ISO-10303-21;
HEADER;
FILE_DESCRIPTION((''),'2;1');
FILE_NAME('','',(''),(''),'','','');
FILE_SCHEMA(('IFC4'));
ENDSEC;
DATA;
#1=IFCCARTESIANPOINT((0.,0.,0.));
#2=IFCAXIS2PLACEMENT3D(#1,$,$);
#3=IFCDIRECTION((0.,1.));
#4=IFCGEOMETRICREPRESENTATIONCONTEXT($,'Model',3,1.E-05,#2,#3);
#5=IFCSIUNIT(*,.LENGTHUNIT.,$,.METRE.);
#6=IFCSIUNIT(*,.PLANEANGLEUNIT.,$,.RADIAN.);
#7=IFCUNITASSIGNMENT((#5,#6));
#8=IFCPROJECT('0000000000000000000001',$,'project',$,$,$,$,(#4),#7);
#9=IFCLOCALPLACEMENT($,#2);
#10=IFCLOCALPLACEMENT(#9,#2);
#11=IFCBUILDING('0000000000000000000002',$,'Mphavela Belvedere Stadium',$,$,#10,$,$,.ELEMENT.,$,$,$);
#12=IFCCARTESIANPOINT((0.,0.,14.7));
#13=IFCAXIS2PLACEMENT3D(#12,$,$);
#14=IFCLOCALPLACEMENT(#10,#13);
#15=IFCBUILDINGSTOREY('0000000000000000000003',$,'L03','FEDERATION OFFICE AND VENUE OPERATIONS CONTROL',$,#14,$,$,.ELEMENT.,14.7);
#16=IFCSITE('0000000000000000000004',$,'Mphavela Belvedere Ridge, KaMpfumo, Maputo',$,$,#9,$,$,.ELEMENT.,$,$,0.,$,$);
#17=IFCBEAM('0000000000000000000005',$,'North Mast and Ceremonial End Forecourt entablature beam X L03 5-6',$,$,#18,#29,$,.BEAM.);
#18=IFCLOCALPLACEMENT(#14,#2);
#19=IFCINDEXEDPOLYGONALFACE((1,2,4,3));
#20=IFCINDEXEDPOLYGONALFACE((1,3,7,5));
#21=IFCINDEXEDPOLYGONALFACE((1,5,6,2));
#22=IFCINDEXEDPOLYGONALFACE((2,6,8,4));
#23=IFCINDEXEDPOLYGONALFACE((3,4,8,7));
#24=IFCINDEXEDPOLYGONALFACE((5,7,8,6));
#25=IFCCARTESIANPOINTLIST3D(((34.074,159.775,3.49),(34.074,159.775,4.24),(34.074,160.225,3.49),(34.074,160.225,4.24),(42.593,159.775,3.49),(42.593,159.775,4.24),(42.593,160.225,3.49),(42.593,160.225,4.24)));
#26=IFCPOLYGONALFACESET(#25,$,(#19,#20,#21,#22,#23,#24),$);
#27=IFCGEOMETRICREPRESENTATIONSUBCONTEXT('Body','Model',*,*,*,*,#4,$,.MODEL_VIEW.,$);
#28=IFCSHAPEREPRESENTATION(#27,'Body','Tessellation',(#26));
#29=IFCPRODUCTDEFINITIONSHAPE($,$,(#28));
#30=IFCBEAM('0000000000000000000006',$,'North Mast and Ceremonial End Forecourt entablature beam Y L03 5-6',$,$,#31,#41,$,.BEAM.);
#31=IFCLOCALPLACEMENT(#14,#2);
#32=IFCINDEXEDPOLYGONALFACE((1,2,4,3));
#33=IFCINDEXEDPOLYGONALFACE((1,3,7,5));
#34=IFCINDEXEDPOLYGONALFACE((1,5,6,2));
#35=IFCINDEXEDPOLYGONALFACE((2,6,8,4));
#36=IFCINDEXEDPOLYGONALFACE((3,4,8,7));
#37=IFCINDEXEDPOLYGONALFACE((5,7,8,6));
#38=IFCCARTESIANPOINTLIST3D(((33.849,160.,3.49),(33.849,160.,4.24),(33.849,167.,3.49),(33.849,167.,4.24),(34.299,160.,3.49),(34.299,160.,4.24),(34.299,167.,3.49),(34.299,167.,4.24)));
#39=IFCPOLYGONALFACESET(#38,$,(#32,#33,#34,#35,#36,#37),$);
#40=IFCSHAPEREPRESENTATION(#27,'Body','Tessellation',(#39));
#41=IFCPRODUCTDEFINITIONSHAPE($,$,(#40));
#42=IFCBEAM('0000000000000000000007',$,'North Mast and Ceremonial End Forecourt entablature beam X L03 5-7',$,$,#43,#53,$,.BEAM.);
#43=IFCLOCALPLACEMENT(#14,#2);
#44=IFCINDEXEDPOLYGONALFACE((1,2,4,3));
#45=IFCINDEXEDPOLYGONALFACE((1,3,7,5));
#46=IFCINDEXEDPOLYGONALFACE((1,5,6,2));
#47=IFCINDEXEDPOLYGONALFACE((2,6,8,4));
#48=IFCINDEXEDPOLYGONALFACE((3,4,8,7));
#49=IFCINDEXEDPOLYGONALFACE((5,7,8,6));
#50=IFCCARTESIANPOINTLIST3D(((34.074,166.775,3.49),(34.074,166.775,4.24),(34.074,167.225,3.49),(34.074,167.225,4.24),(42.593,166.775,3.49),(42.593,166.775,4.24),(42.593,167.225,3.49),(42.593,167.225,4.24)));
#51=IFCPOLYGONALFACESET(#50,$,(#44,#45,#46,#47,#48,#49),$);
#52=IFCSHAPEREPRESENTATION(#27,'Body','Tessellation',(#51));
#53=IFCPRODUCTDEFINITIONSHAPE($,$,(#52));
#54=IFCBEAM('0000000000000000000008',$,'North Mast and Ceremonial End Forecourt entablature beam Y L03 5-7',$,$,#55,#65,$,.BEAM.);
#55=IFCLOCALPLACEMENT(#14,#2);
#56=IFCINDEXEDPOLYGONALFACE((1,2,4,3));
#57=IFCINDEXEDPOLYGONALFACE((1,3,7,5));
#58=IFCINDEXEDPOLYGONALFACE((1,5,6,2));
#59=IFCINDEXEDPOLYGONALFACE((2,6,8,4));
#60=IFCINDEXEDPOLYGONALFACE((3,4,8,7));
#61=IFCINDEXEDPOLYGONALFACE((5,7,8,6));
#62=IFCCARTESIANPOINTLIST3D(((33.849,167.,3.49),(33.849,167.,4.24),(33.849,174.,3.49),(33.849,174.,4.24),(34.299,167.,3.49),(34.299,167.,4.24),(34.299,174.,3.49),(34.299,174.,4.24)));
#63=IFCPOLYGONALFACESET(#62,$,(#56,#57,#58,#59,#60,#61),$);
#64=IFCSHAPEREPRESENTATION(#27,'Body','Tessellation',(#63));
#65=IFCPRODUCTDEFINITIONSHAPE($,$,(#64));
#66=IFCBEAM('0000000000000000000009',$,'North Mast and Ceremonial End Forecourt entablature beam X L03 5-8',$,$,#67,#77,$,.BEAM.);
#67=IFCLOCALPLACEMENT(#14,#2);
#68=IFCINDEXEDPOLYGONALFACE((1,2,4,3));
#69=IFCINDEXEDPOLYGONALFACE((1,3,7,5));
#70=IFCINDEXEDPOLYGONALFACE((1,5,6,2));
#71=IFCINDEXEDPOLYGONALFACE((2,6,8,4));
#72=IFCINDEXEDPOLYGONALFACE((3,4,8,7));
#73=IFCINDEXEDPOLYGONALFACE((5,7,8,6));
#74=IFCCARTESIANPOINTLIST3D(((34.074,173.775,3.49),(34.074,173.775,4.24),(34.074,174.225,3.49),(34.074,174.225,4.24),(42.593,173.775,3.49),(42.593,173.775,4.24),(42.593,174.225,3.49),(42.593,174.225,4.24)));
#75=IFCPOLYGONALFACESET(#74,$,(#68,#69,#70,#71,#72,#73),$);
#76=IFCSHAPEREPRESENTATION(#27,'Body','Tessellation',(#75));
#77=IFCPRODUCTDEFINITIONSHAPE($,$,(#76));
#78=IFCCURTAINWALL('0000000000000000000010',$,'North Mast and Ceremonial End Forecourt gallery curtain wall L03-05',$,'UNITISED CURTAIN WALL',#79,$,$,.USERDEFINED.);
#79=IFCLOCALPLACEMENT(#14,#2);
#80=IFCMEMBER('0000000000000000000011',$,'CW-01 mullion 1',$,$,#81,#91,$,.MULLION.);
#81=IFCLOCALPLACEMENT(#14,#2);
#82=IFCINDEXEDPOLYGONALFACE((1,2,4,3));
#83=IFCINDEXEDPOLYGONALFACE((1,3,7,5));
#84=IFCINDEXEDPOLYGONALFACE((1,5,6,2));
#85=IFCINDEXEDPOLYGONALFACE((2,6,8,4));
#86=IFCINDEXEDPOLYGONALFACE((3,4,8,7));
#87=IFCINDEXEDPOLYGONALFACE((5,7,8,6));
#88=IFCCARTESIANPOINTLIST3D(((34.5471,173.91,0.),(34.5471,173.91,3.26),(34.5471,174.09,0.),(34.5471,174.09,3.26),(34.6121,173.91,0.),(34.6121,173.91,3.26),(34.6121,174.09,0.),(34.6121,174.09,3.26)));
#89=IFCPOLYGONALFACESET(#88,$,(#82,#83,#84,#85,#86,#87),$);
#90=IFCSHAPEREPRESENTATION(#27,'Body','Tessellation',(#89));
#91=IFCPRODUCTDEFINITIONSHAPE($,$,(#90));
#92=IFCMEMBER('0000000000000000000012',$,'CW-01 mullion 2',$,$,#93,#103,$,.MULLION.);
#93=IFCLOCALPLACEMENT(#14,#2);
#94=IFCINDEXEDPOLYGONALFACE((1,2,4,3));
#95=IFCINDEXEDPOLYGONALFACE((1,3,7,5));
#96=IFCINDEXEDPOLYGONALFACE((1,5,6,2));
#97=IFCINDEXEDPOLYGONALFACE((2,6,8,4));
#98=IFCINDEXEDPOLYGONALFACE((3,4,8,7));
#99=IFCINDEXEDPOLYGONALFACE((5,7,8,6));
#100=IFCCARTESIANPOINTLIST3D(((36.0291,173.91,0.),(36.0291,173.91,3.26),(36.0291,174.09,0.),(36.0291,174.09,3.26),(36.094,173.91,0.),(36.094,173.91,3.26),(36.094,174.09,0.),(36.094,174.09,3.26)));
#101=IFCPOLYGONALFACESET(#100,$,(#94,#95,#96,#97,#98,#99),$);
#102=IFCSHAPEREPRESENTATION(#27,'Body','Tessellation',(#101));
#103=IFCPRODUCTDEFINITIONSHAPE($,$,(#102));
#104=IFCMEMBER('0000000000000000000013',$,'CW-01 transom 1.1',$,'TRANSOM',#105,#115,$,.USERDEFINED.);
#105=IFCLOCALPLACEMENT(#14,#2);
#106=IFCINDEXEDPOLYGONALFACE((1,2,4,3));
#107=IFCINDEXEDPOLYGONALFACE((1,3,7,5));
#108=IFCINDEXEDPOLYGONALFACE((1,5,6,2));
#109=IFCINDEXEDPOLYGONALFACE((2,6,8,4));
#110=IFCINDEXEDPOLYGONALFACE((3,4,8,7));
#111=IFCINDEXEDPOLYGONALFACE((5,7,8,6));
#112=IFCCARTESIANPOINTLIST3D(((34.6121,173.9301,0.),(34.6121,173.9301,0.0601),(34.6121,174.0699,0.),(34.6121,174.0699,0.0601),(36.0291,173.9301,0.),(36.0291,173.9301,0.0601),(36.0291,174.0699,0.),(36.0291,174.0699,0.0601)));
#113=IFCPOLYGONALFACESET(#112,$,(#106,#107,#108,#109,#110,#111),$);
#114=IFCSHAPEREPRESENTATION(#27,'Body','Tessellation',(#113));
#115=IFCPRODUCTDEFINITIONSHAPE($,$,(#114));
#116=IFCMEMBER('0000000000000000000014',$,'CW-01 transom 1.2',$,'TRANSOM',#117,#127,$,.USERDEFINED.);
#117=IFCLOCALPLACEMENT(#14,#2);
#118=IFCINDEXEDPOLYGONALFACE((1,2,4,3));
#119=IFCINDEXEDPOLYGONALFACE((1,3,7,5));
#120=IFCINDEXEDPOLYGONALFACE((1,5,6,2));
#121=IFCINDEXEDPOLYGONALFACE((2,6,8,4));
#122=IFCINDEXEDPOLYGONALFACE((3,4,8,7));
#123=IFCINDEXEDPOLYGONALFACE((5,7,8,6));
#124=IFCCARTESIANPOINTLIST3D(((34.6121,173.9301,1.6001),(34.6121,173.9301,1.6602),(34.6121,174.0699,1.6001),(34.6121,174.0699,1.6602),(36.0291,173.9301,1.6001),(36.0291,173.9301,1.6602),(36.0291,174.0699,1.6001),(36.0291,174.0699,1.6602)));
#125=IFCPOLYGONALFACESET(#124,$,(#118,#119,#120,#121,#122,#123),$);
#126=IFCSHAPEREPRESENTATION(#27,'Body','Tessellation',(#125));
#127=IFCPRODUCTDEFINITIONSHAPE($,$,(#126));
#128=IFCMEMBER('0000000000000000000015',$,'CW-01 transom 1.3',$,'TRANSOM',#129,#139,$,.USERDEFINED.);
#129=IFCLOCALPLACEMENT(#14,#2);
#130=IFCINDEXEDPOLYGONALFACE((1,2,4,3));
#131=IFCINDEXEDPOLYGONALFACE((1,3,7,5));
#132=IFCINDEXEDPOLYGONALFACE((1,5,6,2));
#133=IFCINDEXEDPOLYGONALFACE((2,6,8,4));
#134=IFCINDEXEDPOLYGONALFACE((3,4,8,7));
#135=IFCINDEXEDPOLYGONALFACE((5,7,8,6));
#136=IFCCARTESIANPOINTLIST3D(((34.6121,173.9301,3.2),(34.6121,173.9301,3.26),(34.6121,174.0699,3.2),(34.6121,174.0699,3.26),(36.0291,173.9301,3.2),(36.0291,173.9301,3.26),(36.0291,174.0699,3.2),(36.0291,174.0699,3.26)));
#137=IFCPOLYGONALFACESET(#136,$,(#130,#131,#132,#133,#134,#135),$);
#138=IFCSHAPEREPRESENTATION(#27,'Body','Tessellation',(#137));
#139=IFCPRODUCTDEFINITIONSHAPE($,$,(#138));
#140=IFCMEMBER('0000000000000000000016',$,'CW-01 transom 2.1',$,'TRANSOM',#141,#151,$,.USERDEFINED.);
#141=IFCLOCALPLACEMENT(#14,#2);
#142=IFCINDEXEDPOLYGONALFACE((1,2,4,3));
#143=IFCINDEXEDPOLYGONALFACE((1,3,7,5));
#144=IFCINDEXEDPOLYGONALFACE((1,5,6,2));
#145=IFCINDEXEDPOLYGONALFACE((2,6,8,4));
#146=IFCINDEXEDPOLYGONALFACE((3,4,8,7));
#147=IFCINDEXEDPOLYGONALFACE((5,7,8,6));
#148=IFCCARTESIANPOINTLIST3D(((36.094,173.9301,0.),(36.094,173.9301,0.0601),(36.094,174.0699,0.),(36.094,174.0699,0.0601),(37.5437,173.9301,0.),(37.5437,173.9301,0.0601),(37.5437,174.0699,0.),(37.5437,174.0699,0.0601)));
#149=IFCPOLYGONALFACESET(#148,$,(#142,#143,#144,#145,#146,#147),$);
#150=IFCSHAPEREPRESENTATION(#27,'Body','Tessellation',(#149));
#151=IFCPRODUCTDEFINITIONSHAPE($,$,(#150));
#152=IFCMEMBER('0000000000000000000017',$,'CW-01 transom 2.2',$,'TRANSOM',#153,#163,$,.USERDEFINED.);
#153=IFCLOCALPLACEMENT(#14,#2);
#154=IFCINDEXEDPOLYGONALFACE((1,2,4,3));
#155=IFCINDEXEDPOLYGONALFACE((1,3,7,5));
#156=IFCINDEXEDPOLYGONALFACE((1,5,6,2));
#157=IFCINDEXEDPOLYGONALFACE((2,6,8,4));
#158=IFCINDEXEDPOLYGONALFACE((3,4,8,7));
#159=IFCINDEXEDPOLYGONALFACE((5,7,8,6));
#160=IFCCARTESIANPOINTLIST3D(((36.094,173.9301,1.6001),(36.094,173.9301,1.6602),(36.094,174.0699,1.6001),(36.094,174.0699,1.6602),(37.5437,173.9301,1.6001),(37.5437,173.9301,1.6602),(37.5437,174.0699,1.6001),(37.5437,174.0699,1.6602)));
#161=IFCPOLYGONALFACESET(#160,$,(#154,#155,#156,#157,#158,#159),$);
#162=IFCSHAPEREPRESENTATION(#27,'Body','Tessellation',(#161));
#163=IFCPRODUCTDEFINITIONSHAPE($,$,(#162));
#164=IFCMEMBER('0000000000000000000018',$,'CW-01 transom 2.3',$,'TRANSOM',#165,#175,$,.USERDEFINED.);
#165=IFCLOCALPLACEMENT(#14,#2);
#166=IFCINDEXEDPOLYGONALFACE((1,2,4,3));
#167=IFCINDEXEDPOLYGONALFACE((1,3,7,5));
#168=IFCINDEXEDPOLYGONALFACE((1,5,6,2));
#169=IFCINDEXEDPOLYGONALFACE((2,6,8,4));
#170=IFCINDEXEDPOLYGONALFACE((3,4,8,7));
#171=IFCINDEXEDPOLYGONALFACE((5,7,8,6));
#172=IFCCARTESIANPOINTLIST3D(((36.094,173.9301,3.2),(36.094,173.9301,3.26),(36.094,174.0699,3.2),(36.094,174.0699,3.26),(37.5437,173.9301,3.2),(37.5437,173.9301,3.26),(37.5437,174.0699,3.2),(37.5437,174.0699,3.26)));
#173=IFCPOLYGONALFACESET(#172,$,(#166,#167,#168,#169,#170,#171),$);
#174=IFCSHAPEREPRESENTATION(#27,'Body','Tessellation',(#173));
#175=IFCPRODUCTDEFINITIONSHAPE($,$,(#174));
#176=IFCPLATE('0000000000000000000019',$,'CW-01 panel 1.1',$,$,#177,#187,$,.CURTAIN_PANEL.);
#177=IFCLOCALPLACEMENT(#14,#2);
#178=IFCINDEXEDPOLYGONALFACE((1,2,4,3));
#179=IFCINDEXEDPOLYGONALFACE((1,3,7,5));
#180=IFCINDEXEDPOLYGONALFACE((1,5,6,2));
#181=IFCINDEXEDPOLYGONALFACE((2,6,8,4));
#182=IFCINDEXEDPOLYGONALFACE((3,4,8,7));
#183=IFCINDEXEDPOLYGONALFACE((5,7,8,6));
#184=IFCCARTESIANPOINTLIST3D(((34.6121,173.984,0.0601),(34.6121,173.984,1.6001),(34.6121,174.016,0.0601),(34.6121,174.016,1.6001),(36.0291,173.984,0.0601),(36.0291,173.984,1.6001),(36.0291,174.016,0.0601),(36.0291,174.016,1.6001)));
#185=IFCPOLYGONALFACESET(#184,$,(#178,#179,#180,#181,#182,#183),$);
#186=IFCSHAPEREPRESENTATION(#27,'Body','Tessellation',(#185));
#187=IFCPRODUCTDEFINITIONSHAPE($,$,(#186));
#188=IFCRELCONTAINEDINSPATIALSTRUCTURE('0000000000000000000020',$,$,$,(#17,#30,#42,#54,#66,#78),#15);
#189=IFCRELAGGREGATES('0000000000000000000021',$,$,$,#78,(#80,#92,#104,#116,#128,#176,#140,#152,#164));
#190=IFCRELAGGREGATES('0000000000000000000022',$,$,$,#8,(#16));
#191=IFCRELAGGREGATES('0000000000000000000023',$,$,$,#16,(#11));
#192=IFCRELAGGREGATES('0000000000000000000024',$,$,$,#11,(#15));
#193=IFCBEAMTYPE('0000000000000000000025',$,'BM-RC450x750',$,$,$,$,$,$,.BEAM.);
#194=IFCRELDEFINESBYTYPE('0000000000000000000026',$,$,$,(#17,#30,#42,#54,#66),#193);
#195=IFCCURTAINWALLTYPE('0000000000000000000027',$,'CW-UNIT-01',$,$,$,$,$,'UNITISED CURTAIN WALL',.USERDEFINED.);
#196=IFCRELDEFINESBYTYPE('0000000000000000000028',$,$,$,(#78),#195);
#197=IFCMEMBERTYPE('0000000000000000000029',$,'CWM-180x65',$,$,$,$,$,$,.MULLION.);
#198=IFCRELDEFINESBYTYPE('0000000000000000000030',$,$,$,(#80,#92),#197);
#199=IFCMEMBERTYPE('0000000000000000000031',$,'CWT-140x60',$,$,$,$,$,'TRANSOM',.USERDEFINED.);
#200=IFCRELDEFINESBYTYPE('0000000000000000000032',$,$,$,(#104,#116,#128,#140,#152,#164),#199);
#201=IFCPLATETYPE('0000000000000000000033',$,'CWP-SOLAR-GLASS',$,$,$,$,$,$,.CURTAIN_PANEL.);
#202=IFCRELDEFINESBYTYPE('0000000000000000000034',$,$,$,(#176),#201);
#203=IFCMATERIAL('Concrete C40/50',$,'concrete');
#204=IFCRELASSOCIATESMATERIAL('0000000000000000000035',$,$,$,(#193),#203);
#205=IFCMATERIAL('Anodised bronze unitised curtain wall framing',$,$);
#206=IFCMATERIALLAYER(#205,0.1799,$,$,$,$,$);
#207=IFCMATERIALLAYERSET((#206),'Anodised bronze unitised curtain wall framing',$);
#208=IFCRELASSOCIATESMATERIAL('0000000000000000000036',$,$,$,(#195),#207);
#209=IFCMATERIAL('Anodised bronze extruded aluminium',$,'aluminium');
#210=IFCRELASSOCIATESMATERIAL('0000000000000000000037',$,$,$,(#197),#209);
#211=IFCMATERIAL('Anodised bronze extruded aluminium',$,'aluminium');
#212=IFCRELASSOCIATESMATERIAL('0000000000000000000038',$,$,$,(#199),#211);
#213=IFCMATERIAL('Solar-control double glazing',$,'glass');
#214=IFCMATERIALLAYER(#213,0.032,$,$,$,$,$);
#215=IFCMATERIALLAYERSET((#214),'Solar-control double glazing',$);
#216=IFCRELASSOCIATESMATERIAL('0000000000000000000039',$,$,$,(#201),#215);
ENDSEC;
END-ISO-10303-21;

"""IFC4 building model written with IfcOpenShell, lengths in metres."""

from ifc_helpers import new_model, si_unit, direction, frame, origin, origin_2d, place, context, subcontext, project, spatial, rectangle, extrude, material, layer, layer_set, material_profile, profile_set, type_object, element, aggregate, save


model = new_model("IFC4")

# Units and contexts
model_context = context("Model", 3, precision=1e-05, world=origin(), true_north=direction((0.0, 1.0)))
body_context = subcontext(model_context, "Body", "Model", "MODEL_VIEW")
ifc_project = project(units=[si_unit("LENGTHUNIT", "METRE"), si_unit("PLANEANGLEUNIT", "RADIAN")], contexts=[model_context])

# Site, building, storey
site_placement = place(None, origin())
site = spatial("IfcSite", under=ifc_project, at=site_placement, Name="Mphavela Belvedere Ridge, KaMpfumo, Maputo", CompositionType="ELEMENT", RefElevation=0.0)
building_placement = place(site_placement, origin())
building = spatial("IfcBuilding", under=site, at=building_placement, Name="Mphavela Belvedere Stadium", CompositionType="ELEMENT")
storey_placement = place(building_placement, frame((0.0, 0.0, 14.7)))
storey = spatial("IfcBuildingStorey", under=building, at=storey_placement, Name="L03", Description="FEDERATION OFFICE AND VENUE OPERATIONS CONTROL", CompositionType="ELEMENT", Elevation=14.7)

# Beams
ifc_material_1 = material(Name="Concrete C40/50", Category="concrete")
ifc_material_profile_1 = material_profile(ifc_material_1, rectangle(XDim=0.45, YDim=0.75, at=origin_2d()), Name="RC 450x750")
ifc_profile_set_1 = profile_set([ifc_material_profile_1], Name="Concrete C40/50")
beam_type_1 = type_object("IfcBeamType", Name="BM-RC450x750", PredefinedType="BEAM", material=ifc_profile_set_1)
beam_1_placement = place(storey_placement, frame((34.074, 160.0, 3.865), z_axis=(1.0, 0.0, 0.0), x_axis=(0.0, 1.0, 0.0)))
element("IfcBeam", 1, at=beam_1_placement, inside=storey, type_object=beam_type_1, Name="North Mast and Ceremonial End Forecourt entablature beam X L03 5-6", PredefinedType="BEAM", context=body_context, shape_type="SweptSolid", body=[
    extrude(rectangle(XDim=0.45, YDim=0.75, at=origin_2d()), origin(), (0.0, 0.0, 1.0), 8.519),
])
beam_2_placement = place(storey_placement, frame((34.074, 160.0, 3.865), z_axis=(0.0, 1.0, 0.0), x_axis=(-1.0, 0.0, 0.0)))
element("IfcBeam", 2, at=beam_2_placement, inside=storey, type_object=beam_type_1, Name="North Mast and Ceremonial End Forecourt entablature beam Y L03 5-6", PredefinedType="BEAM", context=body_context, shape_type="SweptSolid", body=[
    extrude(rectangle(XDim=0.45, YDim=0.75, at=origin_2d()), origin(), (0.0, 0.0, 1.0), 7.0),
])
beam_3_placement = place(storey_placement, frame((34.074, 167.0, 3.865), z_axis=(1.0, 0.0, 0.0), x_axis=(0.0, 1.0, 0.0)))
element("IfcBeam", 3, at=beam_3_placement, inside=storey, type_object=beam_type_1, Name="North Mast and Ceremonial End Forecourt entablature beam X L03 5-7", PredefinedType="BEAM", context=body_context, shape_type="SweptSolid", body=[
    extrude(rectangle(XDim=0.45, YDim=0.75, at=origin_2d()), origin(), (0.0, 0.0, 1.0), 8.519),
])
beam_4_placement = place(storey_placement, frame((34.074, 167.0, 3.865), z_axis=(0.0, 1.0, 0.0), x_axis=(-1.0, 0.0, 0.0)))
element("IfcBeam", 4, at=beam_4_placement, inside=storey, type_object=beam_type_1, Name="North Mast and Ceremonial End Forecourt entablature beam Y L03 5-7", PredefinedType="BEAM", context=body_context, shape_type="SweptSolid", body=[
    extrude(rectangle(XDim=0.45, YDim=0.75, at=origin_2d()), origin(), (0.0, 0.0, 1.0), 7.0),
])
beam_5_placement = place(storey_placement, frame((34.074, 174.0, 3.865), z_axis=(1.0, 0.0, 0.0), x_axis=(0.0, 1.0, 0.0)))
element("IfcBeam", 5, at=beam_5_placement, inside=storey, type_object=beam_type_1, Name="North Mast and Ceremonial End Forecourt entablature beam X L03 5-8", PredefinedType="BEAM", context=body_context, shape_type="SweptSolid", body=[
    extrude(rectangle(XDim=0.45, YDim=0.75, at=origin_2d()), origin(), (0.0, 0.0, 1.0), 8.519),
])

# Curtain wall, members, plate
ifc_material_2 = material(Name="Anodised bronze unitised curtain wall framing")
ifc_layer_1 = layer(ifc_material_2, 0.1799)
ifc_layer_set_1 = layer_set([ifc_layer_1], Name="Anodised bronze unitised curtain wall framing")
curtain_wall_type = type_object("IfcCurtainWallType", Name="CW-UNIT-01", ElementType="UNITISED CURTAIN WALL", PredefinedType="USERDEFINED", material=ifc_layer_set_1)
curtain_wall_placement = place(storey_placement, origin())
curtain_wall = element("IfcCurtainWall", 6, at=curtain_wall_placement, inside=storey, type_object=curtain_wall_type, Name="North Mast and Ceremonial End Forecourt gallery curtain wall L03-05", ObjectType="UNITISED CURTAIN WALL", PredefinedType="USERDEFINED")
ifc_material_3 = material(Name="Anodised bronze extruded aluminium", Category="aluminium")
ifc_material_profile_2 = material_profile(ifc_material_3, rectangle(XDim=0.1799, YDim=0.0649, at=origin_2d()), Name="CW-MUL 180x65")
ifc_profile_set_2 = profile_set([ifc_material_profile_2], Name="Anodised bronze extruded aluminium")
member_type_1 = type_object("IfcMemberType", Name="CWM-180x65", PredefinedType="MULLION", material=ifc_profile_set_2)
member_1_placement = place(storey_placement, frame((34.5796, 174.0, 0.0), z_axis=(0.0, 0.0, 1.0), x_axis=(0.0, 1.0, 0.0)))
member_1 = element("IfcMember", 7, at=member_1_placement, type_object=member_type_1, Name="CW-01 mullion 1", PredefinedType="MULLION", context=body_context, shape_type="SweptSolid", body=[
    extrude(rectangle(XDim=0.1799, YDim=0.0649, at=origin_2d()), origin(), (0.0, 0.0, 1.0), 3.26),
])
member_2_placement = place(storey_placement, frame((36.0615, 174.0, 0.0), z_axis=(0.0, 0.0, 1.0), x_axis=(0.0, 1.0, 0.0)))
member_2 = element("IfcMember", 8, at=member_2_placement, type_object=member_type_1, Name="CW-01 mullion 2", PredefinedType="MULLION", context=body_context, shape_type="SweptSolid", body=[
    extrude(rectangle(XDim=0.1799, YDim=0.0649, at=origin_2d()), origin(), (0.0, 0.0, 1.0), 3.26),
])
ifc_material_4 = material(Name="Anodised bronze extruded aluminium", Category="aluminium")
ifc_material_profile_3 = material_profile(ifc_material_4, rectangle(XDim=0.1399, YDim=0.0601, at=origin_2d()), Name="CW-TRN 140x60")
ifc_profile_set_3 = profile_set([ifc_material_profile_3], Name="Anodised bronze extruded aluminium")
member_type_2 = type_object("IfcMemberType", Name="CWT-140x60", ElementType="TRANSOM", PredefinedType="USERDEFINED", material=ifc_profile_set_3)
member_3_placement = place(storey_placement, frame((34.6121, 174.0, 0.03), z_axis=(1.0, 0.0, 0.0), x_axis=(0.0, 1.0, 0.0)))
member_3 = element("IfcMember", 9, at=member_3_placement, type_object=member_type_2, Name="CW-01 transom 1.1", ObjectType="TRANSOM", PredefinedType="USERDEFINED", context=body_context, shape_type="SweptSolid", body=[
    extrude(rectangle(XDim=0.1399, YDim=0.0601, at=origin_2d()), origin(), (0.0, 0.0, 1.0), 1.417),
])
member_4_placement = place(storey_placement, frame((34.6121, 174.0, 1.6301), z_axis=(1.0, 0.0, 0.0), x_axis=(0.0, 1.0, 0.0)))
member_4 = element("IfcMember", 10, at=member_4_placement, type_object=member_type_2, Name="CW-01 transom 1.2", ObjectType="TRANSOM", PredefinedType="USERDEFINED", context=body_context, shape_type="SweptSolid", body=[
    extrude(rectangle(XDim=0.1399, YDim=0.0601, at=origin_2d()), origin(), (0.0, 0.0, 1.0), 1.417),
])
member_5_placement = place(storey_placement, frame((34.6121, 174.0, 3.23), z_axis=(1.0, 0.0, 0.0), x_axis=(0.0, 1.0, 0.0)))
member_5 = element("IfcMember", 11, at=member_5_placement, type_object=member_type_2, Name="CW-01 transom 1.3", ObjectType="TRANSOM", PredefinedType="USERDEFINED", context=body_context, shape_type="SweptSolid", body=[
    extrude(rectangle(XDim=0.1399, YDim=0.0601, at=origin_2d()), origin(), (0.0, 0.0, 1.0), 1.417),
])
member_6_placement = place(storey_placement, frame((36.094, 174.0, 0.03), z_axis=(1.0, 0.0, 0.0), x_axis=(0.0, 1.0, 0.0)))
member_6 = element("IfcMember", 12, at=member_6_placement, type_object=member_type_2, Name="CW-01 transom 2.1", ObjectType="TRANSOM", PredefinedType="USERDEFINED", context=body_context, shape_type="SweptSolid", body=[
    extrude(rectangle(XDim=0.1399, YDim=0.0601, at=origin_2d()), origin(), (0.0, 0.0, 1.0), 1.4497),
])
member_7_placement = place(storey_placement, frame((36.094, 174.0, 1.6301), z_axis=(1.0, 0.0, 0.0), x_axis=(0.0, 1.0, 0.0)))
member_7 = element("IfcMember", 13, at=member_7_placement, type_object=member_type_2, Name="CW-01 transom 2.2", ObjectType="TRANSOM", PredefinedType="USERDEFINED", context=body_context, shape_type="SweptSolid", body=[
    extrude(rectangle(XDim=0.1399, YDim=0.0601, at=origin_2d()), origin(), (0.0, 0.0, 1.0), 1.4497),
])
member_8_placement = place(storey_placement, frame((36.094, 174.0, 3.23), z_axis=(1.0, 0.0, 0.0), x_axis=(0.0, 1.0, 0.0)))
member_8 = element("IfcMember", 14, at=member_8_placement, type_object=member_type_2, Name="CW-01 transom 2.3", ObjectType="TRANSOM", PredefinedType="USERDEFINED", context=body_context, shape_type="SweptSolid", body=[
    extrude(rectangle(XDim=0.1399, YDim=0.0601, at=origin_2d()), origin(), (0.0, 0.0, 1.0), 1.4497),
])
ifc_material_5 = material(Name="Solar-control double glazing", Category="glass")
ifc_layer_2 = layer(ifc_material_5, 0.032)
ifc_layer_set_2 = layer_set([ifc_layer_2], Name="Solar-control double glazing")
plate_type = type_object("IfcPlateType", Name="CWP-SOLAR-GLASS", PredefinedType="CURTAIN_PANEL", material=ifc_layer_set_2)
plate_1_placement = place(storey_placement, frame((35.3206, 174.0, 0.0601), z_axis=(0.0, 0.0, 1.0), x_axis=(1.0, 0.0, 0.0)))
plate_1 = element("IfcPlate", 15, at=plate_1_placement, type_object=plate_type, Name="CW-01 panel 1.1", PredefinedType="CURTAIN_PANEL", context=body_context, shape_type="SweptSolid", body=[
    extrude(rectangle(XDim=1.417, YDim=0.032, at=origin_2d()), origin(), (0.0, 0.0, 1.0), 1.54),
])
aggregate(curtain_wall, [member_1, member_2, member_3, member_4, member_5, plate_1, member_6, member_7, member_8])

save(model, "model.ifc")
